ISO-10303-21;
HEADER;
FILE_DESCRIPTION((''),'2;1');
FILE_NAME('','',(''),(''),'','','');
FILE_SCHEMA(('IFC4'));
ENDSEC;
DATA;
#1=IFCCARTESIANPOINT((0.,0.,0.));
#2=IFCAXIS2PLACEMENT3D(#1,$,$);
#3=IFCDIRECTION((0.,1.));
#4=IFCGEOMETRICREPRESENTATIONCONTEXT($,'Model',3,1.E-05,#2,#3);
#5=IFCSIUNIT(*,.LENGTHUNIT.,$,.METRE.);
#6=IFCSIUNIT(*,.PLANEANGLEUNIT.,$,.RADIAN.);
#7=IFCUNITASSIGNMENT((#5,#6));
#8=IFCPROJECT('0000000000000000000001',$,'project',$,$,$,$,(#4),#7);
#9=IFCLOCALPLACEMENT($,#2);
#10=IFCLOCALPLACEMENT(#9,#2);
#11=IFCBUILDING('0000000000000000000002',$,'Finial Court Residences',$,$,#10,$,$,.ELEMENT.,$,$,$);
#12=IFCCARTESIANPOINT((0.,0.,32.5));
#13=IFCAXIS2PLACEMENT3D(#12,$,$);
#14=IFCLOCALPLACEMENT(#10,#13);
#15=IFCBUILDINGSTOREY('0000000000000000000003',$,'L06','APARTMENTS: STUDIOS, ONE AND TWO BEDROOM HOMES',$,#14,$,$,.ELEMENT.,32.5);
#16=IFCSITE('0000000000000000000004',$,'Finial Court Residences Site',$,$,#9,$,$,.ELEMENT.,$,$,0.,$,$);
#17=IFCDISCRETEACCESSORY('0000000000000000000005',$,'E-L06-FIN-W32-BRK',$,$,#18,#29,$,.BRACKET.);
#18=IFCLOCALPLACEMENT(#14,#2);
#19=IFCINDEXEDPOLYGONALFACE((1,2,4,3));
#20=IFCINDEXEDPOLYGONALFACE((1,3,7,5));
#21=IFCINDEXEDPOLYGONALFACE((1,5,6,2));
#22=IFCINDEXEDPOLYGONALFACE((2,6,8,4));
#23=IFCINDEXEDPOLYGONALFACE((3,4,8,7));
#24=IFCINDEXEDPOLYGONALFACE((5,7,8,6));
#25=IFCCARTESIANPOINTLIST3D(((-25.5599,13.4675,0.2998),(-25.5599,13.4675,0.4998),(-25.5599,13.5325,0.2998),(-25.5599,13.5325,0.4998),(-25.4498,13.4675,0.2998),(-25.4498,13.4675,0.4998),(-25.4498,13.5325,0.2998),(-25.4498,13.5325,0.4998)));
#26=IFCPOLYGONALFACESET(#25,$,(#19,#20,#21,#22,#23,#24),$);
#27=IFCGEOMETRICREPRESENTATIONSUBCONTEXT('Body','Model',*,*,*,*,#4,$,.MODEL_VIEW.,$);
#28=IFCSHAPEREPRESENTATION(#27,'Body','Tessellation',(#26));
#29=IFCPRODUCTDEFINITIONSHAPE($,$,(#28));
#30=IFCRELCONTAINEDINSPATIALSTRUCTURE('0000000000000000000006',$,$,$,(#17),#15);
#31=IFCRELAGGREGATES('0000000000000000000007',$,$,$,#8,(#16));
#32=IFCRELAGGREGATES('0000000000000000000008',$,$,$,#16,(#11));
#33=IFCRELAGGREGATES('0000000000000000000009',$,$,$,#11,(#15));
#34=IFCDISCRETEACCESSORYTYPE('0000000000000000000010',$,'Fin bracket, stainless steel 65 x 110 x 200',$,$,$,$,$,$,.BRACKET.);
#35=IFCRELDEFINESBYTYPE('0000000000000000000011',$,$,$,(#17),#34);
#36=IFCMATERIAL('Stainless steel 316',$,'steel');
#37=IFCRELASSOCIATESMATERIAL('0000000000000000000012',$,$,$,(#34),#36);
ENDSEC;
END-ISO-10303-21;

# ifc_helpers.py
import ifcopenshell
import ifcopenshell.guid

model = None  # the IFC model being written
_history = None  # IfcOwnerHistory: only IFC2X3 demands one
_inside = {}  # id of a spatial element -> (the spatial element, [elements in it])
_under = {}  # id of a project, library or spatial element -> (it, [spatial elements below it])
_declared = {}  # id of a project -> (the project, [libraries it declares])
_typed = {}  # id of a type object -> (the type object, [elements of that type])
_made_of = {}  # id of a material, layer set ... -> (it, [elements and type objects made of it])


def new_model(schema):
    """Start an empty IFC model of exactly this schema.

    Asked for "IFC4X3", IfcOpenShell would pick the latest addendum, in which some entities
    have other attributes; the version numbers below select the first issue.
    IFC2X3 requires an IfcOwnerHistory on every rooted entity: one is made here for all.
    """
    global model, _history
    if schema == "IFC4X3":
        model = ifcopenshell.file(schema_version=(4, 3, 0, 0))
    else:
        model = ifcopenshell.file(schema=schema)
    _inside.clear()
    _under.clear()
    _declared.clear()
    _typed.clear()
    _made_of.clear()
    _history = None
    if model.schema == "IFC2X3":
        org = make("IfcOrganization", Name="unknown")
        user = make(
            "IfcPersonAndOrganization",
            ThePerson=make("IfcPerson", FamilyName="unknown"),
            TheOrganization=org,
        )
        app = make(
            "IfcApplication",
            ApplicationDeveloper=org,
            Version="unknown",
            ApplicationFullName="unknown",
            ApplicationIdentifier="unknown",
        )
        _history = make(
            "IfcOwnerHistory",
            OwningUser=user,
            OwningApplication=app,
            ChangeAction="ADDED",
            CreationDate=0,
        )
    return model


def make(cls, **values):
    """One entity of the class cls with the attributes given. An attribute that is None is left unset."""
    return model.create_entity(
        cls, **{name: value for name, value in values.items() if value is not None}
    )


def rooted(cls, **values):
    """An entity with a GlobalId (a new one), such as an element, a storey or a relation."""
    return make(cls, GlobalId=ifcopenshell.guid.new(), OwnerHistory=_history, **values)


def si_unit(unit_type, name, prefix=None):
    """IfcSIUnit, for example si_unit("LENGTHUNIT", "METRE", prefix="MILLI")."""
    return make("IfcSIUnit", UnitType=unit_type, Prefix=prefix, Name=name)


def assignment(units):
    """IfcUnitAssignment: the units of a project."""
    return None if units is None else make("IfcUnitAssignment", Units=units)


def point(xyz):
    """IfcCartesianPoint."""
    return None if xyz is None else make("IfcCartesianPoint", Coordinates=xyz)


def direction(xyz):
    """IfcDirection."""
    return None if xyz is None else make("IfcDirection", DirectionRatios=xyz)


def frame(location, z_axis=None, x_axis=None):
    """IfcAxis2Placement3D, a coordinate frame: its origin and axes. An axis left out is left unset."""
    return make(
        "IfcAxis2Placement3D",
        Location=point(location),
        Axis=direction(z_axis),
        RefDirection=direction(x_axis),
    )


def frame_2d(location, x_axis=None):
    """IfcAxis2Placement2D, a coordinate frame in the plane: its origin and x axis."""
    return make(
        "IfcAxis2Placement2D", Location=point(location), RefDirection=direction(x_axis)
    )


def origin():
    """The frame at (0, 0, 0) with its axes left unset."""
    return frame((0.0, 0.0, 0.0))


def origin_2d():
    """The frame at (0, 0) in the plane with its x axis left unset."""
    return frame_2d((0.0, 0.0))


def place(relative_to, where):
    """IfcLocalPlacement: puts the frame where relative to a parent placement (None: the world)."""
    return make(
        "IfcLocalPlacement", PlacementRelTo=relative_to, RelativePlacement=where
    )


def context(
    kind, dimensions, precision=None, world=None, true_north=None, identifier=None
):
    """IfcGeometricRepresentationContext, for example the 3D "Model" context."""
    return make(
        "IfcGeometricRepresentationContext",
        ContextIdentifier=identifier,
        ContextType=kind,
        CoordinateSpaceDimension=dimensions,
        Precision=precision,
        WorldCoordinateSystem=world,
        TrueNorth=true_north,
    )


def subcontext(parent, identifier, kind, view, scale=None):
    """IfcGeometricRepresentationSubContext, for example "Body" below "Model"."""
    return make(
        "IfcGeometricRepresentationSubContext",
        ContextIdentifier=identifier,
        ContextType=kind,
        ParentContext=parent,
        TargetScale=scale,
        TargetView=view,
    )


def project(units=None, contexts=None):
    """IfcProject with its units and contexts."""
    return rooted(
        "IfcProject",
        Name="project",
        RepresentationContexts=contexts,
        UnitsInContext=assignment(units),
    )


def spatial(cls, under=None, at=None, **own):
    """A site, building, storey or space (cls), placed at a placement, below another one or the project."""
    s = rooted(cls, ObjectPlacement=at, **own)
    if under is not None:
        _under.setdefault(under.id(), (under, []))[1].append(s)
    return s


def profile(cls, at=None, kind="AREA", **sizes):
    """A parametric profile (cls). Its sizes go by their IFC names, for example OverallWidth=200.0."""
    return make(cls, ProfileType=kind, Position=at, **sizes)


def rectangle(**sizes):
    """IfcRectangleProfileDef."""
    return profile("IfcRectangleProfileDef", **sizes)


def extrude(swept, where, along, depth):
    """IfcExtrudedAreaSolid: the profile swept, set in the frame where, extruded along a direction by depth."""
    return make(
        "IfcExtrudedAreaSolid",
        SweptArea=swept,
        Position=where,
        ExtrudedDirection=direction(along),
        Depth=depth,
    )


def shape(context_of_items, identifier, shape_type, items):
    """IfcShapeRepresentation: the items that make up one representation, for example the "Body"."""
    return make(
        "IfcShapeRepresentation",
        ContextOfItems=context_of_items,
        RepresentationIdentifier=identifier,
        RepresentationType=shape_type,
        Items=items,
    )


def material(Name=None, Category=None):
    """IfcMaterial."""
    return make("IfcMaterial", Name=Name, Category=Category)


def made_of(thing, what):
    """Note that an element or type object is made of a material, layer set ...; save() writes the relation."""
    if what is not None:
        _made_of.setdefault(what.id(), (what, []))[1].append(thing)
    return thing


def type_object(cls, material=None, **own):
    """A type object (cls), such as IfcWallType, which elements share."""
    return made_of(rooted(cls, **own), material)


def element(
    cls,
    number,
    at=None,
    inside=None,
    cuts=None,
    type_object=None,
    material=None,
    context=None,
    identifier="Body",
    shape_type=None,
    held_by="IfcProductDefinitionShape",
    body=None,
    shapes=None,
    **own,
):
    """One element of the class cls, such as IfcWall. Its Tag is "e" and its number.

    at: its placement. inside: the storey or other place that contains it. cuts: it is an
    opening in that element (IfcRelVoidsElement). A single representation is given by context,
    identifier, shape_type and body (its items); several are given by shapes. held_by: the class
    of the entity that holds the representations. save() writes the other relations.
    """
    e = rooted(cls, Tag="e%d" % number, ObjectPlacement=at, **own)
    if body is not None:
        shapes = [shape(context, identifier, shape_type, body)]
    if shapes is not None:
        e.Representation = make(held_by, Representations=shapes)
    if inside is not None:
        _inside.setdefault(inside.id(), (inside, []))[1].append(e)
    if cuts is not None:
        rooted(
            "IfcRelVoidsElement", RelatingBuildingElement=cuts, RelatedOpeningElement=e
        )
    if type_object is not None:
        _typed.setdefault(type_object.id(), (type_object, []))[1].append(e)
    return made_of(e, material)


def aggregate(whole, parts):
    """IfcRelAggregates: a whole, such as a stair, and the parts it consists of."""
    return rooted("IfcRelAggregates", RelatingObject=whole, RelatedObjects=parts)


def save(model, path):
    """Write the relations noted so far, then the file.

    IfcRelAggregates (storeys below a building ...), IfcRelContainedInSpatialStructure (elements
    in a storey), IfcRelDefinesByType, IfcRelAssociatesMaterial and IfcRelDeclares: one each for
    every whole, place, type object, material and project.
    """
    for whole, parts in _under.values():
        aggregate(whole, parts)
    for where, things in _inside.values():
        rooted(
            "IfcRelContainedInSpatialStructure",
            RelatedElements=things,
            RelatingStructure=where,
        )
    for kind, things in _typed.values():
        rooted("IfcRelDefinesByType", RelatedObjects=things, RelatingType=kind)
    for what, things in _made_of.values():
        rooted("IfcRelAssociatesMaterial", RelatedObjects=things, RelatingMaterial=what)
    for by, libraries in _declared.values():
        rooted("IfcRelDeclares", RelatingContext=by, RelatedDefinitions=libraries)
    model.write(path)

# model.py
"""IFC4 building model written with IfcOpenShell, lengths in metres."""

from ifc_helpers import new_model, si_unit, direction, frame, origin, origin_2d, place, context, subcontext, project, spatial, rectangle, extrude, material, type_object, element, save


model = new_model("IFC4")

# Units and contexts
model_context = context("Model", 3, precision=1e-05, world=origin(), true_north=direction((0.0, 1.0)))
body_context = subcontext(model_context, "Body", "Model", "MODEL_VIEW")
ifc_project = project(units=[si_unit("LENGTHUNIT", "METRE"), si_unit("PLANEANGLEUNIT", "RADIAN")], contexts=[model_context])

# Site, building, storey
site_placement = place(None, origin())
site = spatial("IfcSite", under=ifc_project, at=site_placement, Name="Finial Court Residences Site", CompositionType="ELEMENT", RefElevation=0.0)
building_placement = place(site_placement, origin())
building = spatial("IfcBuilding", under=site, at=building_placement, Name="Finial Court Residences", CompositionType="ELEMENT")
storey_placement = place(building_placement, frame((0.0, 0.0, 32.5)))
storey = spatial("IfcBuildingStorey", under=building, at=storey_placement, Name="L06", Description="APARTMENTS: STUDIOS, ONE AND TWO BEDROOM HOMES", CompositionType="ELEMENT", Elevation=32.5)

# Discrete accessory
ifc_material_1 = material(Name="Stainless steel 316", Category="steel")
discrete_accessory_type = type_object("IfcDiscreteAccessoryType", Name="Fin bracket, stainless steel 65 x 110 x 200", PredefinedType="BRACKET", material=ifc_material_1)
discrete_accessory_placement = place(storey_placement, frame((-25.5049, 13.5, 0.2998), z_axis=(0.0, 0.0, 1.0), x_axis=(1.0, 0.0, 0.0)))
element("IfcDiscreteAccessory", 1, at=discrete_accessory_placement, inside=storey, type_object=discrete_accessory_type, Name="E-L06-FIN-W32-BRK", PredefinedType="BRACKET", context=body_context, shape_type="SweptSolid", body=[
    extrude(rectangle(XDim=0.1101, YDim=0.0649, at=origin_2d()), origin(), (0.0, 0.0, 1.0), 0.2),
])

save(model, "model.ifc")
